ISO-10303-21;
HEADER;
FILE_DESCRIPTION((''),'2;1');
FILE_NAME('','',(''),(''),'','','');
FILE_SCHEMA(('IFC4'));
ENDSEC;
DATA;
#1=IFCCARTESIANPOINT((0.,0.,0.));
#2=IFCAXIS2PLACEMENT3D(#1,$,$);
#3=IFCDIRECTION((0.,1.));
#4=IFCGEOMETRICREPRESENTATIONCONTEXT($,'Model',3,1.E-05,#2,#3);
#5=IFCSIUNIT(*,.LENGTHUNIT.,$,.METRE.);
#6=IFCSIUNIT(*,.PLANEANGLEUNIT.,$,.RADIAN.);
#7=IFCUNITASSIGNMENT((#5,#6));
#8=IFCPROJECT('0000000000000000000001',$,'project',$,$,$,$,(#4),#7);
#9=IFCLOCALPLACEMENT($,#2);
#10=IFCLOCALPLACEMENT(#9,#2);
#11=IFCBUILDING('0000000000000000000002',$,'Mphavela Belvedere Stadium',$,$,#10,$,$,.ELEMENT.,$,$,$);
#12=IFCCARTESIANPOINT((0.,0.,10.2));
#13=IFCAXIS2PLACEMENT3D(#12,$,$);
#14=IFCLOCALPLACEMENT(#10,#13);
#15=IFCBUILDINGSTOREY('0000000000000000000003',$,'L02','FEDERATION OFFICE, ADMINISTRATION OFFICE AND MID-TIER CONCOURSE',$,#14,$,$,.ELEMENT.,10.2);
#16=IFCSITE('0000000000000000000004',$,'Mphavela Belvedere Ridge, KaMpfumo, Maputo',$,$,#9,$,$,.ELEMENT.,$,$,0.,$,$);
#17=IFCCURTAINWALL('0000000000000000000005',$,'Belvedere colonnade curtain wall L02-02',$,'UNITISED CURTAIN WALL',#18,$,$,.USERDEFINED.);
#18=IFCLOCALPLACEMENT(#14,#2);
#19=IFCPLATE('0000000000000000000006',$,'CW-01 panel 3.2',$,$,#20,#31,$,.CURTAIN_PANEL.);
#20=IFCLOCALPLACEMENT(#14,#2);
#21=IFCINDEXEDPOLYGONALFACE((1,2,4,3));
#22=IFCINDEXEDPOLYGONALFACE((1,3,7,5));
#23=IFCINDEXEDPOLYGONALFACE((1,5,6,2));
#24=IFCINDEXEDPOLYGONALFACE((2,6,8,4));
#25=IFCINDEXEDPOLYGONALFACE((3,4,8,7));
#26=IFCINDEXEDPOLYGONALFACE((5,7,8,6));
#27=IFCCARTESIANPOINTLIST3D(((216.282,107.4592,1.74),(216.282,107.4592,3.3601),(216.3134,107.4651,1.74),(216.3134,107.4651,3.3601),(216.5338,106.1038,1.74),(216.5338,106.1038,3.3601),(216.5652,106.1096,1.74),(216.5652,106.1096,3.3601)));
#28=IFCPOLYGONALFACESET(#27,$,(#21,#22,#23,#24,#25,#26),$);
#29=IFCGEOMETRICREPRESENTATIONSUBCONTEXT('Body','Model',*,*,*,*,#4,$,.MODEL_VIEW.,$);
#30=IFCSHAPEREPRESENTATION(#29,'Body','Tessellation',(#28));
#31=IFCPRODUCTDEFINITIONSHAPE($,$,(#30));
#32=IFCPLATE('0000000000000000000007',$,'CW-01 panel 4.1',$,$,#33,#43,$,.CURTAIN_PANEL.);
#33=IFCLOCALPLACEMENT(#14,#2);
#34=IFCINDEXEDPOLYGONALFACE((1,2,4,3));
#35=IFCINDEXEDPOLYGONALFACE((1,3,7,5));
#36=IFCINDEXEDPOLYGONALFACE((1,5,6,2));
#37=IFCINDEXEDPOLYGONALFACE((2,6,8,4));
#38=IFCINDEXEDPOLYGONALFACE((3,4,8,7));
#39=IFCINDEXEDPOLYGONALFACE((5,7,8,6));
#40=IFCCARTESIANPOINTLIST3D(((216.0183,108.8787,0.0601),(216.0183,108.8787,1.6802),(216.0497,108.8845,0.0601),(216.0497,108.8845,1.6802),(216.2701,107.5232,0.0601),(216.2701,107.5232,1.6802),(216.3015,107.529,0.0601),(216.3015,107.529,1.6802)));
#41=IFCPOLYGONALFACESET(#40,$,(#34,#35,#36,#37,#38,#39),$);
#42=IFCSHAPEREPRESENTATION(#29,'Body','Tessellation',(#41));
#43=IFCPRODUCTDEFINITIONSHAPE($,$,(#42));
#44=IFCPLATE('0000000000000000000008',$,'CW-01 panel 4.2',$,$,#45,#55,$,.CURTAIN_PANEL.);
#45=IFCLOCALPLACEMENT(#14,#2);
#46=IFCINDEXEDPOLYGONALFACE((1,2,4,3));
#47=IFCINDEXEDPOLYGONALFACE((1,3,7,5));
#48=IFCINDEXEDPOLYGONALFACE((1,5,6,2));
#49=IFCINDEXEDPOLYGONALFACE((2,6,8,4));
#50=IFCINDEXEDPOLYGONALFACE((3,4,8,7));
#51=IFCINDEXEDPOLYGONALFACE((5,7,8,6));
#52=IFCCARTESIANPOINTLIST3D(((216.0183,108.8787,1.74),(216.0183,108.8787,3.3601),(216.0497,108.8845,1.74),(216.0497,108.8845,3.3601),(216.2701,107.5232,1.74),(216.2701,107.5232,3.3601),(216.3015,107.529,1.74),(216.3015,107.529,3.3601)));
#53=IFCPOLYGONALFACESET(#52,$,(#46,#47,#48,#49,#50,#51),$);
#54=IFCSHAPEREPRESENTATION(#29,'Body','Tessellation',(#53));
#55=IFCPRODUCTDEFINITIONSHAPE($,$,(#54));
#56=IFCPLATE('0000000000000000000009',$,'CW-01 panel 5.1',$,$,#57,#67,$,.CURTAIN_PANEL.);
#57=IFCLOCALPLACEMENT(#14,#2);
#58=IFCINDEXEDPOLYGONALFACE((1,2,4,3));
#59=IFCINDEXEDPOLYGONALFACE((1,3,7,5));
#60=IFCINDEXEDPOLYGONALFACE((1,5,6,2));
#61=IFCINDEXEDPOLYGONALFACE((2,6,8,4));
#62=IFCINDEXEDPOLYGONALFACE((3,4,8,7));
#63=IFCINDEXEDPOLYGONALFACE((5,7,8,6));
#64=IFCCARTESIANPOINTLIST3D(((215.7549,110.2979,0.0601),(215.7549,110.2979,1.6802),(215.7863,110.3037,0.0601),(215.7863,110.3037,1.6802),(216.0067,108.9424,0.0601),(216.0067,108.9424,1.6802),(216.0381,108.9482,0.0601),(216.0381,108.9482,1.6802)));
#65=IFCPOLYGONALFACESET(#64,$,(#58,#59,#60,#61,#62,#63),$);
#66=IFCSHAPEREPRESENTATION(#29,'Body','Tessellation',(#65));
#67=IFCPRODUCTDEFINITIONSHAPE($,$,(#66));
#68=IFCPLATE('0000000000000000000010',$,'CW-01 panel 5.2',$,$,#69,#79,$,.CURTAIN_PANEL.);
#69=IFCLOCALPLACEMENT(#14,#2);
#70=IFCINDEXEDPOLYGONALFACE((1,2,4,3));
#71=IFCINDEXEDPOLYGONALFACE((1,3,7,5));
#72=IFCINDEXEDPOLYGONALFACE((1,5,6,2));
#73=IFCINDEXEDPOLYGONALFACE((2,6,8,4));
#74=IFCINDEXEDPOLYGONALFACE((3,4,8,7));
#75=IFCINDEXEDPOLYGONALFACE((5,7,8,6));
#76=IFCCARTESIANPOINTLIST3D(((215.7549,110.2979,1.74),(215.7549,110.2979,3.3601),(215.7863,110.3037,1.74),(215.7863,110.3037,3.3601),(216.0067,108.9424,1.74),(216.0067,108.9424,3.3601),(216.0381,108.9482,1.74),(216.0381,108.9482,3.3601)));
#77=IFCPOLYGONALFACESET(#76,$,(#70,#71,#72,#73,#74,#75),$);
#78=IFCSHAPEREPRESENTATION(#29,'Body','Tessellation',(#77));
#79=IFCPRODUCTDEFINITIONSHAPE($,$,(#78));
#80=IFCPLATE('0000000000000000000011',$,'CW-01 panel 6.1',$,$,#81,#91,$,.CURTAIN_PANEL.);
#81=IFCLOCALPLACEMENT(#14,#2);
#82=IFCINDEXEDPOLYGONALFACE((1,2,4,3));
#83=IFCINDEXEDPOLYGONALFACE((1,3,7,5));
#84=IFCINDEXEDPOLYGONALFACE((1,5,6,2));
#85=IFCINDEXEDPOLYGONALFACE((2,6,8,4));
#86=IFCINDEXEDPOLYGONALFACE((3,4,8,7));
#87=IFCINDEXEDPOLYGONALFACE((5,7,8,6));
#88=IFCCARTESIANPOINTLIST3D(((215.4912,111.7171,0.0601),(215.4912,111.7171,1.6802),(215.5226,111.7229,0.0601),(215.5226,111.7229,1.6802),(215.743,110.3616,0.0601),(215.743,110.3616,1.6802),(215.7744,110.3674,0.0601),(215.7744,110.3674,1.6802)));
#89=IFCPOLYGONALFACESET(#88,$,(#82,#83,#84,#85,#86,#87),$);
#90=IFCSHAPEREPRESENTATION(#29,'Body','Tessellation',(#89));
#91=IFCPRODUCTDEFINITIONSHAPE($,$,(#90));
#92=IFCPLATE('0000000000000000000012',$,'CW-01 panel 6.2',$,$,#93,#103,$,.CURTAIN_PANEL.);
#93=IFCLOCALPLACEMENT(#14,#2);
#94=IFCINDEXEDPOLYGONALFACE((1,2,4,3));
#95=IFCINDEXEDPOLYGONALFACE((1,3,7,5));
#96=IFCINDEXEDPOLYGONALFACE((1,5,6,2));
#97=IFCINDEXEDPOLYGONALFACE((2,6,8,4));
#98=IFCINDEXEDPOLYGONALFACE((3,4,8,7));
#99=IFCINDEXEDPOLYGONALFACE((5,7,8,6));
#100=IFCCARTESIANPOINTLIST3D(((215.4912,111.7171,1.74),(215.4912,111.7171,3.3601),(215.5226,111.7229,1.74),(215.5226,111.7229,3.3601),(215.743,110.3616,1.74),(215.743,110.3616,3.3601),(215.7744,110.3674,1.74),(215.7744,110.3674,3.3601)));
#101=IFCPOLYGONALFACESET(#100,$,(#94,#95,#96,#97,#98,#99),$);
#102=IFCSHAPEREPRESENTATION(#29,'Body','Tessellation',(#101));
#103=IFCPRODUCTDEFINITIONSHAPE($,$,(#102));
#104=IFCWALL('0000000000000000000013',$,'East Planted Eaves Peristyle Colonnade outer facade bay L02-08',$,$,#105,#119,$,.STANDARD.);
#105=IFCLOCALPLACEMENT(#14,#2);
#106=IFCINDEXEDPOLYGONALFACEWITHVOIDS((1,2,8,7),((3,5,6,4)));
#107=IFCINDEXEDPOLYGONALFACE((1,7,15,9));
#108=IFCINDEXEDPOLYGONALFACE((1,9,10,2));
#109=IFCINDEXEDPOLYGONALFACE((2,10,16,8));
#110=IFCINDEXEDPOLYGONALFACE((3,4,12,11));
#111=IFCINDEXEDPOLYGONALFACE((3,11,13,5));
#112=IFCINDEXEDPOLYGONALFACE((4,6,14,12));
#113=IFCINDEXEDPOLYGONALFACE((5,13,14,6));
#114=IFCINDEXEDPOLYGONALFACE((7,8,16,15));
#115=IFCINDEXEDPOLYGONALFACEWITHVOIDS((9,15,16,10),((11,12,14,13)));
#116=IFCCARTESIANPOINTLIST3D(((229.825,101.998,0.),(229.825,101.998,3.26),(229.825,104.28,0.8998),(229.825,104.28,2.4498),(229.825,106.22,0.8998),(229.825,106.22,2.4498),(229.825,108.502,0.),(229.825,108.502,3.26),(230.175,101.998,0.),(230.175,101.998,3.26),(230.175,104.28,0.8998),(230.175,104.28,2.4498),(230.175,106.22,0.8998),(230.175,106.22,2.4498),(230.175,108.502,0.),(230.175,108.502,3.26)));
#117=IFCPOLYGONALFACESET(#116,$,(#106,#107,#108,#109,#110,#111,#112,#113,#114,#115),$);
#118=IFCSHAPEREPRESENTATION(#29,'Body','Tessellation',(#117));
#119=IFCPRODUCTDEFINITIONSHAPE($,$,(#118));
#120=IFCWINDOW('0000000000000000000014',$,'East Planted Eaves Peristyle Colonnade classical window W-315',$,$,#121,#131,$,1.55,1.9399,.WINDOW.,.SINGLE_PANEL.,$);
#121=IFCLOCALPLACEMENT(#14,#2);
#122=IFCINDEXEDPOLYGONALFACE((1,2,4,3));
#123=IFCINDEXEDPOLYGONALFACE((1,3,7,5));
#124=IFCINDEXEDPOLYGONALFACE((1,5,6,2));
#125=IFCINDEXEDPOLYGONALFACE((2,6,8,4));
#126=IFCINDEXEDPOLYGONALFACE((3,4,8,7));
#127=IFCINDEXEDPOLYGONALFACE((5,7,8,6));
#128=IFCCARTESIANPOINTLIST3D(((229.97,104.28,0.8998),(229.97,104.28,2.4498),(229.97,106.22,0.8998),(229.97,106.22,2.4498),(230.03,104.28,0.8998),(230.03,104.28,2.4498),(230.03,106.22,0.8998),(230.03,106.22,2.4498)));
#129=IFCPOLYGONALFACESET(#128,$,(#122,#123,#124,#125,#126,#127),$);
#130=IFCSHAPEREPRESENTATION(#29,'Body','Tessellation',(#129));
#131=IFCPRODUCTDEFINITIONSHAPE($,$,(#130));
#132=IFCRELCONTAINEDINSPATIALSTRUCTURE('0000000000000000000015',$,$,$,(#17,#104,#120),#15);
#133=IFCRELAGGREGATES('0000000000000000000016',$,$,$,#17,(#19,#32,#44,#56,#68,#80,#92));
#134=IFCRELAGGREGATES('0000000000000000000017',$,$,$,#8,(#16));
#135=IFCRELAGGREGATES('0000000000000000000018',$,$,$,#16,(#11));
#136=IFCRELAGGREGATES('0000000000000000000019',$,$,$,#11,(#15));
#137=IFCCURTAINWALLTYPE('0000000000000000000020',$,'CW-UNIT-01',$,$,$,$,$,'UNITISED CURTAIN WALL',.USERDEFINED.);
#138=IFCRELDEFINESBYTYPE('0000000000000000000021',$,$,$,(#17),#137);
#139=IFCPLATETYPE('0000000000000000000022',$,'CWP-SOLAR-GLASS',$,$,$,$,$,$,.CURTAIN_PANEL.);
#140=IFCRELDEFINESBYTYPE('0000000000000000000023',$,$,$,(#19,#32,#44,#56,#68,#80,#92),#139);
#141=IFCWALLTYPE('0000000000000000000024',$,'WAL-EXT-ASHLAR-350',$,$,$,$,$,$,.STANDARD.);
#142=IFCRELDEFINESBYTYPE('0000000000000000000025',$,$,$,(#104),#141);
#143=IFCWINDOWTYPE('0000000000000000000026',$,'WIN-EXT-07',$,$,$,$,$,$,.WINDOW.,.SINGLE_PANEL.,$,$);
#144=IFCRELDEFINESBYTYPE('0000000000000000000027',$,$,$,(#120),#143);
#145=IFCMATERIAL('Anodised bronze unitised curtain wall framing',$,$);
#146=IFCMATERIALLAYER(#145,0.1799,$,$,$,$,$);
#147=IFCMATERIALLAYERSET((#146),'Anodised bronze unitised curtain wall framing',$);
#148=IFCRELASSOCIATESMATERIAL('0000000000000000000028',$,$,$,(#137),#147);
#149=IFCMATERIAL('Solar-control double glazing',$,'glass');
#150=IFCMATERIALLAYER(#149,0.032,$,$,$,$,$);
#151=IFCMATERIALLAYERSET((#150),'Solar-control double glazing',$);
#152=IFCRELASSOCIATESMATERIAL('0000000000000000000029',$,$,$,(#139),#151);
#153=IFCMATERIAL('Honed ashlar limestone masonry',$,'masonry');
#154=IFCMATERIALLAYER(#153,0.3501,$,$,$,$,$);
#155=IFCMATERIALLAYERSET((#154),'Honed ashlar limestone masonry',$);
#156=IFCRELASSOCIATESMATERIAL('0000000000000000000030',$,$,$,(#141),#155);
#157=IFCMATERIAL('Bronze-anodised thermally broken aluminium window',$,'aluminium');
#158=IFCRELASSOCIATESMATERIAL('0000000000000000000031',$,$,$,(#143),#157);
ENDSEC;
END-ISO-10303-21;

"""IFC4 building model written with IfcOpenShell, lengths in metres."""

from ifc_helpers import new_model, si_unit, direction, frame, frame_2d, origin, origin_2d, place, context, subcontext, project, spatial, rectangle, extrude, material, layer, layer_set, type_object, element, fill, aggregate, save


model = new_model("IFC4")

# Units and contexts
model_context = context("Model", 3, precision=1e-05, world=origin(), true_north=direction((0.0, 1.0)))
body_context = subcontext(model_context, "Body", "Model", "MODEL_VIEW")
ifc_project = project(units=[si_unit("LENGTHUNIT", "METRE"), si_unit("PLANEANGLEUNIT", "RADIAN")], contexts=[model_context])

# Site, building, storey
site_placement = place(None, origin())
site = spatial("IfcSite", under=ifc_project, at=site_placement, Name="Mphavela Belvedere Ridge, KaMpfumo, Maputo", CompositionType="ELEMENT", RefElevation=0.0)
building_placement = place(site_placement, origin())
building = spatial("IfcBuilding", under=site, at=building_placement, Name="Mphavela Belvedere Stadium", CompositionType="ELEMENT")
storey_placement = place(building_placement, frame((0.0, 0.0, 10.2)))
storey = spatial("IfcBuildingStorey", under=building, at=storey_placement, Name="L02", Description="FEDERATION OFFICE, ADMINISTRATION OFFICE AND MID-TIER CONCOURSE", CompositionType="ELEMENT", Elevation=10.2)

# Curtain wall, plates
ifc_material_1 = material(Name="Anodised bronze unitised curtain wall framing")
ifc_layer_1 = layer(ifc_material_1, 0.1799)
ifc_layer_set_1 = layer_set([ifc_layer_1], Name="Anodised bronze unitised curtain wall framing")
curtain_wall_type = type_object("IfcCurtainWallType", Name="CW-UNIT-01", ElementType="UNITISED CURTAIN WALL", PredefinedType="USERDEFINED", material=ifc_layer_set_1)
curtain_wall_placement = place(storey_placement, origin())
curtain_wall = element("IfcCurtainWall", 1, at=curtain_wall_placement, inside=storey, type_object=curtain_wall_type, Name="Belvedere colonnade curtain wall L02-02", ObjectType="UNITISED CURTAIN WALL", PredefinedType="USERDEFINED")
ifc_material_2 = material(Name="Solar-control double glazing", Category="glass")
ifc_layer_2 = layer(ifc_material_2, 0.032)
ifc_layer_set_2 = layer_set([ifc_layer_2], Name="Solar-control double glazing")
plate_type = type_object("IfcPlateType", Name="CWP-SOLAR-GLASS", PredefinedType="CURTAIN_PANEL", material=ifc_layer_set_2)
plate_1_placement = place(storey_placement, frame((216.4236, 106.7844, 1.74), z_axis=(0.0, 0.0, 1.0), x_axis=(-0.182625, 0.983183, 0.0)))
plate_1 = element("IfcPlate", 2, at=plate_1_placement, type_object=plate_type, Name="CW-01 panel 3.2", PredefinedType="CURTAIN_PANEL", context=body_context, shape_type="SweptSolid", body=[
    extrude(rectangle(XDim=1.3787, YDim=0.032, at=origin_2d()), origin(), (0.0, 0.0, 1.0), 1.6201),
])
plate_2_placement = place(storey_placement, frame((216.1599, 108.2039, 0.0601), z_axis=(0.0, 0.0, 1.0), x_axis=(-0.182625, 0.983183, 0.0)))
plate_2 = element("IfcPlate", 3, at=plate_2_placement, type_object=plate_type, Name="CW-01 panel 4.1", PredefinedType="CURTAIN_PANEL", context=body_context, shape_type="SweptSolid", body=[
    extrude(rectangle(XDim=1.3787, YDim=0.032, at=origin_2d()), origin(), (0.0, 0.0, 1.0), 1.6201),
])
plate_3_placement = place(storey_placement, frame((216.1599, 108.2039, 1.74), z_axis=(0.0, 0.0, 1.0), x_axis=(-0.182625, 0.983183, 0.0)))
plate_3 = element("IfcPlate", 4, at=plate_3_placement, type_object=plate_type, Name="CW-01 panel 4.2", PredefinedType="CURTAIN_PANEL", context=body_context, shape_type="SweptSolid", body=[
    extrude(rectangle(XDim=1.3787, YDim=0.032, at=origin_2d()), origin(), (0.0, 0.0, 1.0), 1.6201),
])
plate_4_placement = place(storey_placement, frame((215.8965, 109.623, 0.0601), z_axis=(0.0, 0.0, 1.0), x_axis=(-0.182625, 0.983183, 0.0)))
plate_4 = element("IfcPlate", 5, at=plate_4_placement, type_object=plate_type, Name="CW-01 panel 5.1", PredefinedType="CURTAIN_PANEL", context=body_context, shape_type="SweptSolid", body=[
    extrude(rectangle(XDim=1.3787, YDim=0.032, at=origin_2d()), origin(), (0.0, 0.0, 1.0), 1.6201),
])
plate_5_placement = place(storey_placement, frame((215.8965, 109.623, 1.74), z_axis=(0.0, 0.0, 1.0), x_axis=(-0.182625, 0.983183, 0.0)))
plate_5 = element("IfcPlate", 6, at=plate_5_placement, type_object=plate_type, Name="CW-01 panel 5.2", PredefinedType="CURTAIN_PANEL", context=body_context, shape_type="SweptSolid", body=[
    extrude(rectangle(XDim=1.3787, YDim=0.032, at=origin_2d()), origin(), (0.0, 0.0, 1.0), 1.6201),
])
plate_6_placement = place(storey_placement, frame((215.6328, 111.0422, 0.0601), z_axis=(0.0, 0.0, 1.0), x_axis=(-0.182625, 0.983183, 0.0)))
plate_6 = element("IfcPlate", 7, at=plate_6_placement, type_object=plate_type, Name="CW-01 panel 6.1", PredefinedType="CURTAIN_PANEL", context=body_context, shape_type="SweptSolid", body=[
    extrude(rectangle(XDim=1.3787, YDim=0.032, at=origin_2d()), origin(), (0.0, 0.0, 1.0), 1.6201),
])
plate_7_placement = place(storey_placement, frame((215.6328, 111.0422, 1.74), z_axis=(0.0, 0.0, 1.0), x_axis=(-0.182625, 0.983183, 0.0)))
plate_7 = element("IfcPlate", 8, at=plate_7_placement, type_object=plate_type, Name="CW-01 panel 6.2", PredefinedType="CURTAIN_PANEL", context=body_context, shape_type="SweptSolid", body=[
    extrude(rectangle(XDim=1.3787, YDim=0.032, at=origin_2d()), origin(), (0.0, 0.0, 1.0), 1.6201),
])
aggregate(curtain_wall, [plate_1, plate_2, plate_3, plate_4, plate_5, plate_6, plate_7])

# Wall, opening, window
ifc_material_3 = material(Name="Honed ashlar limestone masonry", Category="masonry")
ifc_layer_3 = layer(ifc_material_3, 0.3501)
ifc_layer_set_3 = layer_set([ifc_layer_3], Name="Honed ashlar limestone masonry")
wall_type = type_object("IfcWallType", Name="WAL-EXT-ASHLAR-350", PredefinedType="STANDARD", material=ifc_layer_set_3)
wall_placement = place(storey_placement, frame((230.0, 108.502, 0.0), z_axis=(0.0, 0.0, 1.0), x_axis=(0.0, -1.0, 0.0)))
wall = element("IfcWall", 9, at=wall_placement, inside=storey, type_object=wall_type, Name="East Planted Eaves Peristyle Colonnade outer facade bay L02-08", PredefinedType="STANDARD", context=body_context, shape_type="SweptSolid", body=[
    extrude(rectangle(XDim=6.5039, YDim=0.3501, at=frame_2d((3.252, 0.0))), origin(), (0.0, 0.0, 1.0), 3.26),
])
opening_placement = place(wall_placement, frame((2.282, 0.0, 0.8999)))
opening = element("IfcOpeningElement", 10, at=opening_placement, cuts=wall, PredefinedType="OPENING", context=body_context, shape_type="SweptSolid", body=[
    extrude(rectangle(XDim=1.9399, YDim=1.55, at=frame_2d((0.97, 0.7749))), frame((0.0, 0.1851, 0.0), z_axis=(0.0, -1.0, 0.0), x_axis=(1.0, 0.0, 0.0)), (0.0, 0.0, 1.0), 0.3701),
])
ifc_material_4 = material(Name="Bronze-anodised thermally broken aluminium window", Category="aluminium")
window_type = type_object("IfcWindowType", Name="WIN-EXT-07", PartitioningType="SINGLE_PANEL", PredefinedType="WINDOW", material=ifc_material_4)
window_placement = place(opening_placement, origin())
window = element("IfcWindow", 11, at=window_placement, inside=storey, type_object=window_type, Name="East Planted Eaves Peristyle Colonnade classical window W-315", OverallHeight=1.55, OverallWidth=1.9399, PartitioningType="SINGLE_PANEL", PredefinedType="WINDOW", context=body_context, shape_type="SweptSolid", body=[
    extrude(rectangle(XDim=1.9399, YDim=1.55, at=frame_2d((0.97, 0.7749))), frame((0.0, 0.03, 0.0), z_axis=(0.0, -1.0, 0.0), x_axis=(1.0, 0.0, 0.0)), (0.0, 0.0, 1.0), 0.0601),
])
fill(opening, window)

save(model, "model.ifc")
